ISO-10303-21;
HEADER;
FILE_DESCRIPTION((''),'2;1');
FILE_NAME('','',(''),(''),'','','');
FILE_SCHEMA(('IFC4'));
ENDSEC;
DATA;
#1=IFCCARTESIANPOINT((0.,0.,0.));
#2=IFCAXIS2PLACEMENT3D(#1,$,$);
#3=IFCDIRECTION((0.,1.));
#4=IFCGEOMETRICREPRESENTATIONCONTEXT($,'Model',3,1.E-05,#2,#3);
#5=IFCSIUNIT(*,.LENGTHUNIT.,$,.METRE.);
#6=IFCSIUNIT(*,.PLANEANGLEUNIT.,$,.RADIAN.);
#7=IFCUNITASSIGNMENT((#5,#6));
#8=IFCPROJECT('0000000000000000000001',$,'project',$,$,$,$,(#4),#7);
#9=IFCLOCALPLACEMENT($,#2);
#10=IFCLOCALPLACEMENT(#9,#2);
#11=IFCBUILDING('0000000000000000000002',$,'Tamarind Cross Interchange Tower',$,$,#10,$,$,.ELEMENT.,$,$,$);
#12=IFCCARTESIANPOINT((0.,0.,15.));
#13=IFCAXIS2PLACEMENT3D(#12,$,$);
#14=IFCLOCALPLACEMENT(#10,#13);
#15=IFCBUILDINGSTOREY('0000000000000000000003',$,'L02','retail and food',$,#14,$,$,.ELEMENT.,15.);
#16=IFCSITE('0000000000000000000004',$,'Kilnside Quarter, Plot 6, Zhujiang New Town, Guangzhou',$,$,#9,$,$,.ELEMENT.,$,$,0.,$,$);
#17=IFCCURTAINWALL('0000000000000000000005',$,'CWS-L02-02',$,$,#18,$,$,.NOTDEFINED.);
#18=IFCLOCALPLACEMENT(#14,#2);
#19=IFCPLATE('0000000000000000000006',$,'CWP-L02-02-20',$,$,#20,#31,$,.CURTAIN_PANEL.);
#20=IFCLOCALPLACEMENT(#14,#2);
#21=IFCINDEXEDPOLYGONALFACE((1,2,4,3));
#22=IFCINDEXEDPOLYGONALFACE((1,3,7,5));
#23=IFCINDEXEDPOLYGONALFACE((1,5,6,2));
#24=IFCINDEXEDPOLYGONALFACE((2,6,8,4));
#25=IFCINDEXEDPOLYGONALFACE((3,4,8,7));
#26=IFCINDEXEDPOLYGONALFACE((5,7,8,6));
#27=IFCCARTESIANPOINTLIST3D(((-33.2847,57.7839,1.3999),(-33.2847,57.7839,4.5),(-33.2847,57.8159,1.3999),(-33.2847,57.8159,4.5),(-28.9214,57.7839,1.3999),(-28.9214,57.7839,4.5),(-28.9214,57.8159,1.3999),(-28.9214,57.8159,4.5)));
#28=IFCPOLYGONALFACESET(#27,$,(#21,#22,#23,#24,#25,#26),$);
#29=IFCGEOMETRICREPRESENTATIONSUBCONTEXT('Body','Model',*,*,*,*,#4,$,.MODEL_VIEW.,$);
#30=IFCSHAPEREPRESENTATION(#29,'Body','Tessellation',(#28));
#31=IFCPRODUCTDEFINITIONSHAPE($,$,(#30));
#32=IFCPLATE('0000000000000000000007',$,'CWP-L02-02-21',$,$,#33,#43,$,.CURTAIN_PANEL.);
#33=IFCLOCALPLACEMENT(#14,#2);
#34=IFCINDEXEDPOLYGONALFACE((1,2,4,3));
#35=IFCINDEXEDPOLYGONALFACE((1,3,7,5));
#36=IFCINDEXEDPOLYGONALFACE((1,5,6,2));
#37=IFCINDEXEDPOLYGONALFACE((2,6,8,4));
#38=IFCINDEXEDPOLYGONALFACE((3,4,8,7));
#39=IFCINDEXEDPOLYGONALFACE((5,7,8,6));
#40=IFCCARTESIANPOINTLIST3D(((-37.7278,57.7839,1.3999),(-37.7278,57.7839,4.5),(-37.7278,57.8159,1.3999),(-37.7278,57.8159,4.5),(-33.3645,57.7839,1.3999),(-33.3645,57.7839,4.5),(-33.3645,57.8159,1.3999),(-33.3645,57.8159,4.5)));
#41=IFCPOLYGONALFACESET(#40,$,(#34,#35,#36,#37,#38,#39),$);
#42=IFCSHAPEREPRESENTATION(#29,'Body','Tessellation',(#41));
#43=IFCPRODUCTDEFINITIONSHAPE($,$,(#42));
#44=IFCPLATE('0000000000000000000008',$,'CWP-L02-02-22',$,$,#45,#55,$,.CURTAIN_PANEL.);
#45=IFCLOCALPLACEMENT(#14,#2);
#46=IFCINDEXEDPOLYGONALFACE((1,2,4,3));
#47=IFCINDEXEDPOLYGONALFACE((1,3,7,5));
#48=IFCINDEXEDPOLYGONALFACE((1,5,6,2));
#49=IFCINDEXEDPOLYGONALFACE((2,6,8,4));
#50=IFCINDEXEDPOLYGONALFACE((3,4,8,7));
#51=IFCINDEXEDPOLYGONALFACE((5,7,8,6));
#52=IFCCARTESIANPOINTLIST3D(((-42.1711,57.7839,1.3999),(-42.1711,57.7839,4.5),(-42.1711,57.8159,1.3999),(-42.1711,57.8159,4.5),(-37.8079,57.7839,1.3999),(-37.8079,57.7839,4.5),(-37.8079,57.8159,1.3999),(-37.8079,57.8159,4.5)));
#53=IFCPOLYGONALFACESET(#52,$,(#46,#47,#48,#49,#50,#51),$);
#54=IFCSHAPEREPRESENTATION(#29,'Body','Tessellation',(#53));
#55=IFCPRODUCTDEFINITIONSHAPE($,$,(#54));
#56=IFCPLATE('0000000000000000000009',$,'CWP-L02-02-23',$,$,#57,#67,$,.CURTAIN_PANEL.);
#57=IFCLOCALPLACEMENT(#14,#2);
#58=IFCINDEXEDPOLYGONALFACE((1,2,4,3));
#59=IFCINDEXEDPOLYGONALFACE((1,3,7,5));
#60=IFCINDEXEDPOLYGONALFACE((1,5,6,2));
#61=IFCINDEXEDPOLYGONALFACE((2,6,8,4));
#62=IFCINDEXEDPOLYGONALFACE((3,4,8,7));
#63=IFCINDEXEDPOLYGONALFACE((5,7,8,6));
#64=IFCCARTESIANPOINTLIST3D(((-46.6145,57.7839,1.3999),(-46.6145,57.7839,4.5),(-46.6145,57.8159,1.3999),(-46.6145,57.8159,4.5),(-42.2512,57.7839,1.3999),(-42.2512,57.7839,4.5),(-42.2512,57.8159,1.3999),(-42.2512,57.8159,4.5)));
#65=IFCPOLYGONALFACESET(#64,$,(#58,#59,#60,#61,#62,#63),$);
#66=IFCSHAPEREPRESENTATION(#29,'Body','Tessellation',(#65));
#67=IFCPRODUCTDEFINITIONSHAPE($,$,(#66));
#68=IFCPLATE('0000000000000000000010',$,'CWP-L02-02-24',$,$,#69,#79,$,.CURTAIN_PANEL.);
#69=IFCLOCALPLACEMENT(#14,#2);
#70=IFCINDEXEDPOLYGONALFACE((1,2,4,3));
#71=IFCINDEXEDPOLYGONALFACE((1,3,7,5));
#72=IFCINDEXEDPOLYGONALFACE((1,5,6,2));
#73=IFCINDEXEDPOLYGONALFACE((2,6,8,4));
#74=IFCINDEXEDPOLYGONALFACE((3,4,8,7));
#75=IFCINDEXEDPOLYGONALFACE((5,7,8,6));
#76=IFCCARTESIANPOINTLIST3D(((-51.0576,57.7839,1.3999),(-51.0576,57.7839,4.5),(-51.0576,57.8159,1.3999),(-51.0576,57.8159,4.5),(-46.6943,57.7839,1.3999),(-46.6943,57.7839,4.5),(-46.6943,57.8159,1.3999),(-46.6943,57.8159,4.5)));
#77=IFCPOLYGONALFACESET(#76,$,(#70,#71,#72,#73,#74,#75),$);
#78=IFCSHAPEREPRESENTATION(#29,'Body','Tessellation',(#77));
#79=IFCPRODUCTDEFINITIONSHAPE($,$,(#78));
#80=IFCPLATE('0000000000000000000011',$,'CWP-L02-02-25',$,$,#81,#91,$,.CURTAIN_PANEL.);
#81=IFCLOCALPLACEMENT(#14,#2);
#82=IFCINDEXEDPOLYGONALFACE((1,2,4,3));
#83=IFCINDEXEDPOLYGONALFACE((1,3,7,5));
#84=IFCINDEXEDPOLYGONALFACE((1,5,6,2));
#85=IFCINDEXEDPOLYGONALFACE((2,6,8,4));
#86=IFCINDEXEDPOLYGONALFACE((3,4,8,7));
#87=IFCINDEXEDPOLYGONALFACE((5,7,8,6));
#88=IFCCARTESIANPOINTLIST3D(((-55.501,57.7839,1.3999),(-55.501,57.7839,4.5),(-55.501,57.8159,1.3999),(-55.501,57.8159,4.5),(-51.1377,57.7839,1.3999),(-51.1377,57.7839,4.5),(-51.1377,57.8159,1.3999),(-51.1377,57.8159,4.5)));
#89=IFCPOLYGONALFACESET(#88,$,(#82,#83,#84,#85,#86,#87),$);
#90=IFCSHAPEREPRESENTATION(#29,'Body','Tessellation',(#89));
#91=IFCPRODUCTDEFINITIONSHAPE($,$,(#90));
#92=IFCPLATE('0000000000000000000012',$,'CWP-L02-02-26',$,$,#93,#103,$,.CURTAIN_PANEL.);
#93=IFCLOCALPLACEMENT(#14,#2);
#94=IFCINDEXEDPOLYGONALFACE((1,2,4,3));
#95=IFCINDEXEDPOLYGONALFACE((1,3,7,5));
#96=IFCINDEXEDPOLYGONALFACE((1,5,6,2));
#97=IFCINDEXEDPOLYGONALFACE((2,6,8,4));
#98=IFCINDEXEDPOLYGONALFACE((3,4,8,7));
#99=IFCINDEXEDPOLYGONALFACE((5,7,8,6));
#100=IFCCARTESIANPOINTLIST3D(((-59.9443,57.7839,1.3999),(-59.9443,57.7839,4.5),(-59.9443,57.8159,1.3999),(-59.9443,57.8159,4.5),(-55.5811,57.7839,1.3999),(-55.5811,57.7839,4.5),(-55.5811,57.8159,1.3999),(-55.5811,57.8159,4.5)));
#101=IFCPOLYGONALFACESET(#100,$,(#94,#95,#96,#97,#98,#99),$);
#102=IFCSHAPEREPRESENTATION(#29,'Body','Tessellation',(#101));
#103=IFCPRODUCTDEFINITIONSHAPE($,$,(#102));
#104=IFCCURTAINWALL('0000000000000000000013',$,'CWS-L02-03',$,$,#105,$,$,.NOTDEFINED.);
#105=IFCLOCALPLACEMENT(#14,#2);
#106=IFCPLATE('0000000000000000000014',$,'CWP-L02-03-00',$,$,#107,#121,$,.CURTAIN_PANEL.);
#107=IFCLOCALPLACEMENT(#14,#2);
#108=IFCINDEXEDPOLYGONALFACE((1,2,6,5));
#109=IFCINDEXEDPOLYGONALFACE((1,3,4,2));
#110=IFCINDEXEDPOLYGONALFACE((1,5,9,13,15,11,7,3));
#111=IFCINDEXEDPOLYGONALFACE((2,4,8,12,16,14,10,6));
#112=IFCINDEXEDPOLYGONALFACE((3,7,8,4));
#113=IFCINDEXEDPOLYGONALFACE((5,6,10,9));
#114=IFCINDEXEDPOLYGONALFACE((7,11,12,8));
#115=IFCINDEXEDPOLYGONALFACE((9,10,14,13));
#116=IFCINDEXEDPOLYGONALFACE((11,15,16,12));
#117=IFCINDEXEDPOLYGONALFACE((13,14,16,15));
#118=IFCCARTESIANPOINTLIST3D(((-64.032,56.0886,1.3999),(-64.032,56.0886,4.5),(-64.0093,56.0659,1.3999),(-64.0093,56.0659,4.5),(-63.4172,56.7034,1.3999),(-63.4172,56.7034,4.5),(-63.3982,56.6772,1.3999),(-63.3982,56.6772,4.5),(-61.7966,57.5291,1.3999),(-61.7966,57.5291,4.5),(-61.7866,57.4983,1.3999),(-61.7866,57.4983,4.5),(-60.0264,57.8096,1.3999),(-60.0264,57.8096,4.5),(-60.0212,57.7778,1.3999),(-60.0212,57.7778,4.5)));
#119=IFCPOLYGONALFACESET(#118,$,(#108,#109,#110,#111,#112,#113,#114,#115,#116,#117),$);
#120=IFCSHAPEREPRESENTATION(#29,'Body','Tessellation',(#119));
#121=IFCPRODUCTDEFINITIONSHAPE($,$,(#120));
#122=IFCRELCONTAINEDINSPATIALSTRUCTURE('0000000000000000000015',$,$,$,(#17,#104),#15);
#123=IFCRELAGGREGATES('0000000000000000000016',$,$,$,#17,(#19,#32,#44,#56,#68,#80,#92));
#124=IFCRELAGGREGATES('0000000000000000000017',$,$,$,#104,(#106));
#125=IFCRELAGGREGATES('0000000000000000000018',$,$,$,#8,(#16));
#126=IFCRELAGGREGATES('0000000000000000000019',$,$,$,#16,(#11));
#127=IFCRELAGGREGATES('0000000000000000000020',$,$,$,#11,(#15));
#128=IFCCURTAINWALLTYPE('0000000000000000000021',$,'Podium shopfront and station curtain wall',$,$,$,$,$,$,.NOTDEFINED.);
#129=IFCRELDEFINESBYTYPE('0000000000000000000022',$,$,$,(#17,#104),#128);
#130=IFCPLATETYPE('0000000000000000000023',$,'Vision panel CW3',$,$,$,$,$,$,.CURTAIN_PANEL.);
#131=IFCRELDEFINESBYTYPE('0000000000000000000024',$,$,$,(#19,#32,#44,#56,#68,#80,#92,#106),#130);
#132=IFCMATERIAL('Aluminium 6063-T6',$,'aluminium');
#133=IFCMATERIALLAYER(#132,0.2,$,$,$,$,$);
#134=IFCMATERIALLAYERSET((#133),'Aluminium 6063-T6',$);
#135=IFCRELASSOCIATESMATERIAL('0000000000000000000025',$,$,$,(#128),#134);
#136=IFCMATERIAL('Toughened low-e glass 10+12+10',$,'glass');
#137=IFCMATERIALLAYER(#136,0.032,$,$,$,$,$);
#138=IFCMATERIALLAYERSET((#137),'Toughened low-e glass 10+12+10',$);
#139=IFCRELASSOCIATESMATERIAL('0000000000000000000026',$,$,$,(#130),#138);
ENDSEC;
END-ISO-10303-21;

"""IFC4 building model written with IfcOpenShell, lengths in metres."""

from ifc_helpers import new_model, si_unit, direction, frame, origin, place, context, subcontext, project, spatial, polyline, outline, extrude, material, layer, layer_set, type_object, element, aggregate, save


model = new_model("IFC4")

# Units and contexts
model_context = context("Model", 3, precision=1e-05, world=origin(), true_north=direction((0.0, 1.0)))
body_context = subcontext(model_context, "Body", "Model", "MODEL_VIEW")
ifc_project = project(units=[si_unit("LENGTHUNIT", "METRE"), si_unit("PLANEANGLEUNIT", "RADIAN")], contexts=[model_context])

# Site, building, storey
site_placement = place(None, origin())
site = spatial("IfcSite", under=ifc_project, at=site_placement, Name="Kilnside Quarter, Plot 6, Zhujiang New Town, Guangzhou", CompositionType="ELEMENT", RefElevation=0.0)
building_placement = place(site_placement, origin())
building = spatial("IfcBuilding", under=site, at=building_placement, Name="Tamarind Cross Interchange Tower", CompositionType="ELEMENT")
storey_placement = place(building_placement, frame((0.0, 0.0, 15.0)))
storey = spatial("IfcBuildingStorey", under=building, at=storey_placement, Name="L02", Description="retail and food", CompositionType="ELEMENT", Elevation=15.0)

# Curtain wall, plates
ifc_material_1 = material(Name="Aluminium 6063-T6", Category="aluminium")
ifc_layer_1 = layer(ifc_material_1, 0.2)
ifc_layer_set_1 = layer_set([ifc_layer_1], Name="Aluminium 6063-T6")
curtain_wall_type = type_object("IfcCurtainWallType", Name="Podium shopfront and station curtain wall", PredefinedType="NOTDEFINED", material=ifc_layer_set_1)
curtain_wall_1_placement = place(storey_placement, origin())
curtain_wall_1 = element("IfcCurtainWall", 1, at=curtain_wall_1_placement, inside=storey, type_object=curtain_wall_type, Name="CWS-L02-02", PredefinedType="NOTDEFINED")
ifc_material_2 = material(Name="Toughened low-e glass 10+12+10", Category="glass")
ifc_layer_2 = layer(ifc_material_2, 0.032)
ifc_layer_set_2 = layer_set([ifc_layer_2], Name="Toughened low-e glass 10+12+10")
plate_type = type_object("IfcPlateType", Name="Vision panel CW3", PredefinedType="CURTAIN_PANEL", material=ifc_layer_set_2)
plate_1_placement = place(storey_placement, frame((0.0, 0.0, 1.3999)))
plate_1 = element("IfcPlate", 2, at=plate_1_placement, type_object=plate_type, Name="CWP-L02-02-20", PredefinedType="CURTAIN_PANEL", context=body_context, shape_type="SweptSolid", body=[
    extrude(outline(polyline([(-28.9214, 57.7839), (-33.2847, 57.7839), (-33.2847, 57.8159), (-28.9214, 57.8159), (-28.9214, 57.7839)])), origin(), (0.0, 0.0, 1.0), 3.1001),
])
plate_2_placement = place(storey_placement, frame((0.0, 0.0, 1.3999)))
plate_2 = element("IfcPlate", 3, at=plate_2_placement, type_object=plate_type, Name="CWP-L02-02-21", PredefinedType="CURTAIN_PANEL", context=body_context, shape_type="SweptSolid", body=[
    extrude(outline(polyline([(-33.3645, 57.7839), (-37.7278, 57.7839), (-37.7278, 57.8159), (-33.3645, 57.8159), (-33.3645, 57.7839)])), origin(), (0.0, 0.0, 1.0), 3.1001),
])
plate_3_placement = place(storey_placement, frame((0.0, 0.0, 1.3999)))
plate_3 = element("IfcPlate", 4, at=plate_3_placement, type_object=plate_type, Name="CWP-L02-02-22", PredefinedType="CURTAIN_PANEL", context=body_context, shape_type="SweptSolid", body=[
    extrude(outline(polyline([(-37.8079, 57.7839), (-42.1711, 57.7839), (-42.1711, 57.8159), (-37.8079, 57.8159), (-37.8079, 57.7839)])), origin(), (0.0, 0.0, 1.0), 3.1001),
])
plate_4_placement = place(storey_placement, frame((0.0, 0.0, 1.3999)))
plate_4 = element("IfcPlate", 5, at=plate_4_placement, type_object=plate_type, Name="CWP-L02-02-23", PredefinedType="CURTAIN_PANEL", context=body_context, shape_type="SweptSolid", body=[
    extrude(outline(polyline([(-42.2512, 57.7839), (-46.6145, 57.7839), (-46.6145, 57.8159), (-42.2512, 57.8159), (-42.2512, 57.7839)])), origin(), (0.0, 0.0, 1.0), 3.1001),
])
plate_5_placement = place(storey_placement, frame((0.0, 0.0, 1.3999)))
plate_5 = element("IfcPlate", 6, at=plate_5_placement, type_object=plate_type, Name="CWP-L02-02-24", PredefinedType="CURTAIN_PANEL", context=body_context, shape_type="SweptSolid", body=[
    extrude(outline(polyline([(-46.6943, 57.7839), (-51.0576, 57.7839), (-51.0576, 57.8159), (-46.6943, 57.8159), (-46.6943, 57.7839)])), origin(), (0.0, 0.0, 1.0), 3.1001),
])
plate_6_placement = place(storey_placement, frame((0.0, 0.0, 1.3999)))
plate_6 = element("IfcPlate", 7, at=plate_6_placement, type_object=plate_type, Name="CWP-L02-02-25", PredefinedType="CURTAIN_PANEL", context=body_context, shape_type="SweptSolid", body=[
    extrude(outline(polyline([(-51.1377, 57.7839), (-55.501, 57.7839), (-55.501, 57.8159), (-51.1377, 57.8159), (-51.1377, 57.7839)])), origin(), (0.0, 0.0, 1.0), 3.1001),
])
plate_7_placement = place(storey_placement, frame((0.0, 0.0, 1.3999)))
plate_7 = element("IfcPlate", 8, at=plate_7_placement, type_object=plate_type, Name="CWP-L02-02-26", PredefinedType="CURTAIN_PANEL", context=body_context, shape_type="SweptSolid", body=[
    extrude(outline(polyline([(-55.5811, 57.7839), (-59.9443, 57.7839), (-59.9443, 57.8159), (-55.5811, 57.8159), (-55.5811, 57.7839)])), origin(), (0.0, 0.0, 1.0), 3.1001),
])
aggregate(curtain_wall_1, [plate_1, plate_2, plate_3, plate_4, plate_5, plate_6, plate_7])

# Curtain wall, plate
curtain_wall_2_placement = place(storey_placement, origin())
curtain_wall_2 = element("IfcCurtainWall", 9, at=curtain_wall_2_placement, inside=storey, type_object=curtain_wall_type, Name="CWS-L02-03", PredefinedType="NOTDEFINED")
plate_8_placement = place(storey_placement, frame((0.0, 0.0, 1.3999)))
plate_8 = element("IfcPlate", 10, at=plate_8_placement, type_object=plate_type, Name="CWP-L02-03-00", PredefinedType="CURTAIN_PANEL", context=body_context, shape_type="SweptSolid", body=[
    extrude(outline(polyline([(-60.0212, 57.7778), (-61.7866, 57.4983), (-63.3982, 56.6772), (-64.0093, 56.0659), (-64.032, 56.0886), (-63.4172, 56.7034), (-61.7966, 57.5291), (-60.0264, 57.8096), (-60.0212, 57.7778)])), origin(), (0.0, 0.0, 1.0), 3.1001),
])
aggregate(curtain_wall_2, [plate_8])

save(model, "model.ifc")
